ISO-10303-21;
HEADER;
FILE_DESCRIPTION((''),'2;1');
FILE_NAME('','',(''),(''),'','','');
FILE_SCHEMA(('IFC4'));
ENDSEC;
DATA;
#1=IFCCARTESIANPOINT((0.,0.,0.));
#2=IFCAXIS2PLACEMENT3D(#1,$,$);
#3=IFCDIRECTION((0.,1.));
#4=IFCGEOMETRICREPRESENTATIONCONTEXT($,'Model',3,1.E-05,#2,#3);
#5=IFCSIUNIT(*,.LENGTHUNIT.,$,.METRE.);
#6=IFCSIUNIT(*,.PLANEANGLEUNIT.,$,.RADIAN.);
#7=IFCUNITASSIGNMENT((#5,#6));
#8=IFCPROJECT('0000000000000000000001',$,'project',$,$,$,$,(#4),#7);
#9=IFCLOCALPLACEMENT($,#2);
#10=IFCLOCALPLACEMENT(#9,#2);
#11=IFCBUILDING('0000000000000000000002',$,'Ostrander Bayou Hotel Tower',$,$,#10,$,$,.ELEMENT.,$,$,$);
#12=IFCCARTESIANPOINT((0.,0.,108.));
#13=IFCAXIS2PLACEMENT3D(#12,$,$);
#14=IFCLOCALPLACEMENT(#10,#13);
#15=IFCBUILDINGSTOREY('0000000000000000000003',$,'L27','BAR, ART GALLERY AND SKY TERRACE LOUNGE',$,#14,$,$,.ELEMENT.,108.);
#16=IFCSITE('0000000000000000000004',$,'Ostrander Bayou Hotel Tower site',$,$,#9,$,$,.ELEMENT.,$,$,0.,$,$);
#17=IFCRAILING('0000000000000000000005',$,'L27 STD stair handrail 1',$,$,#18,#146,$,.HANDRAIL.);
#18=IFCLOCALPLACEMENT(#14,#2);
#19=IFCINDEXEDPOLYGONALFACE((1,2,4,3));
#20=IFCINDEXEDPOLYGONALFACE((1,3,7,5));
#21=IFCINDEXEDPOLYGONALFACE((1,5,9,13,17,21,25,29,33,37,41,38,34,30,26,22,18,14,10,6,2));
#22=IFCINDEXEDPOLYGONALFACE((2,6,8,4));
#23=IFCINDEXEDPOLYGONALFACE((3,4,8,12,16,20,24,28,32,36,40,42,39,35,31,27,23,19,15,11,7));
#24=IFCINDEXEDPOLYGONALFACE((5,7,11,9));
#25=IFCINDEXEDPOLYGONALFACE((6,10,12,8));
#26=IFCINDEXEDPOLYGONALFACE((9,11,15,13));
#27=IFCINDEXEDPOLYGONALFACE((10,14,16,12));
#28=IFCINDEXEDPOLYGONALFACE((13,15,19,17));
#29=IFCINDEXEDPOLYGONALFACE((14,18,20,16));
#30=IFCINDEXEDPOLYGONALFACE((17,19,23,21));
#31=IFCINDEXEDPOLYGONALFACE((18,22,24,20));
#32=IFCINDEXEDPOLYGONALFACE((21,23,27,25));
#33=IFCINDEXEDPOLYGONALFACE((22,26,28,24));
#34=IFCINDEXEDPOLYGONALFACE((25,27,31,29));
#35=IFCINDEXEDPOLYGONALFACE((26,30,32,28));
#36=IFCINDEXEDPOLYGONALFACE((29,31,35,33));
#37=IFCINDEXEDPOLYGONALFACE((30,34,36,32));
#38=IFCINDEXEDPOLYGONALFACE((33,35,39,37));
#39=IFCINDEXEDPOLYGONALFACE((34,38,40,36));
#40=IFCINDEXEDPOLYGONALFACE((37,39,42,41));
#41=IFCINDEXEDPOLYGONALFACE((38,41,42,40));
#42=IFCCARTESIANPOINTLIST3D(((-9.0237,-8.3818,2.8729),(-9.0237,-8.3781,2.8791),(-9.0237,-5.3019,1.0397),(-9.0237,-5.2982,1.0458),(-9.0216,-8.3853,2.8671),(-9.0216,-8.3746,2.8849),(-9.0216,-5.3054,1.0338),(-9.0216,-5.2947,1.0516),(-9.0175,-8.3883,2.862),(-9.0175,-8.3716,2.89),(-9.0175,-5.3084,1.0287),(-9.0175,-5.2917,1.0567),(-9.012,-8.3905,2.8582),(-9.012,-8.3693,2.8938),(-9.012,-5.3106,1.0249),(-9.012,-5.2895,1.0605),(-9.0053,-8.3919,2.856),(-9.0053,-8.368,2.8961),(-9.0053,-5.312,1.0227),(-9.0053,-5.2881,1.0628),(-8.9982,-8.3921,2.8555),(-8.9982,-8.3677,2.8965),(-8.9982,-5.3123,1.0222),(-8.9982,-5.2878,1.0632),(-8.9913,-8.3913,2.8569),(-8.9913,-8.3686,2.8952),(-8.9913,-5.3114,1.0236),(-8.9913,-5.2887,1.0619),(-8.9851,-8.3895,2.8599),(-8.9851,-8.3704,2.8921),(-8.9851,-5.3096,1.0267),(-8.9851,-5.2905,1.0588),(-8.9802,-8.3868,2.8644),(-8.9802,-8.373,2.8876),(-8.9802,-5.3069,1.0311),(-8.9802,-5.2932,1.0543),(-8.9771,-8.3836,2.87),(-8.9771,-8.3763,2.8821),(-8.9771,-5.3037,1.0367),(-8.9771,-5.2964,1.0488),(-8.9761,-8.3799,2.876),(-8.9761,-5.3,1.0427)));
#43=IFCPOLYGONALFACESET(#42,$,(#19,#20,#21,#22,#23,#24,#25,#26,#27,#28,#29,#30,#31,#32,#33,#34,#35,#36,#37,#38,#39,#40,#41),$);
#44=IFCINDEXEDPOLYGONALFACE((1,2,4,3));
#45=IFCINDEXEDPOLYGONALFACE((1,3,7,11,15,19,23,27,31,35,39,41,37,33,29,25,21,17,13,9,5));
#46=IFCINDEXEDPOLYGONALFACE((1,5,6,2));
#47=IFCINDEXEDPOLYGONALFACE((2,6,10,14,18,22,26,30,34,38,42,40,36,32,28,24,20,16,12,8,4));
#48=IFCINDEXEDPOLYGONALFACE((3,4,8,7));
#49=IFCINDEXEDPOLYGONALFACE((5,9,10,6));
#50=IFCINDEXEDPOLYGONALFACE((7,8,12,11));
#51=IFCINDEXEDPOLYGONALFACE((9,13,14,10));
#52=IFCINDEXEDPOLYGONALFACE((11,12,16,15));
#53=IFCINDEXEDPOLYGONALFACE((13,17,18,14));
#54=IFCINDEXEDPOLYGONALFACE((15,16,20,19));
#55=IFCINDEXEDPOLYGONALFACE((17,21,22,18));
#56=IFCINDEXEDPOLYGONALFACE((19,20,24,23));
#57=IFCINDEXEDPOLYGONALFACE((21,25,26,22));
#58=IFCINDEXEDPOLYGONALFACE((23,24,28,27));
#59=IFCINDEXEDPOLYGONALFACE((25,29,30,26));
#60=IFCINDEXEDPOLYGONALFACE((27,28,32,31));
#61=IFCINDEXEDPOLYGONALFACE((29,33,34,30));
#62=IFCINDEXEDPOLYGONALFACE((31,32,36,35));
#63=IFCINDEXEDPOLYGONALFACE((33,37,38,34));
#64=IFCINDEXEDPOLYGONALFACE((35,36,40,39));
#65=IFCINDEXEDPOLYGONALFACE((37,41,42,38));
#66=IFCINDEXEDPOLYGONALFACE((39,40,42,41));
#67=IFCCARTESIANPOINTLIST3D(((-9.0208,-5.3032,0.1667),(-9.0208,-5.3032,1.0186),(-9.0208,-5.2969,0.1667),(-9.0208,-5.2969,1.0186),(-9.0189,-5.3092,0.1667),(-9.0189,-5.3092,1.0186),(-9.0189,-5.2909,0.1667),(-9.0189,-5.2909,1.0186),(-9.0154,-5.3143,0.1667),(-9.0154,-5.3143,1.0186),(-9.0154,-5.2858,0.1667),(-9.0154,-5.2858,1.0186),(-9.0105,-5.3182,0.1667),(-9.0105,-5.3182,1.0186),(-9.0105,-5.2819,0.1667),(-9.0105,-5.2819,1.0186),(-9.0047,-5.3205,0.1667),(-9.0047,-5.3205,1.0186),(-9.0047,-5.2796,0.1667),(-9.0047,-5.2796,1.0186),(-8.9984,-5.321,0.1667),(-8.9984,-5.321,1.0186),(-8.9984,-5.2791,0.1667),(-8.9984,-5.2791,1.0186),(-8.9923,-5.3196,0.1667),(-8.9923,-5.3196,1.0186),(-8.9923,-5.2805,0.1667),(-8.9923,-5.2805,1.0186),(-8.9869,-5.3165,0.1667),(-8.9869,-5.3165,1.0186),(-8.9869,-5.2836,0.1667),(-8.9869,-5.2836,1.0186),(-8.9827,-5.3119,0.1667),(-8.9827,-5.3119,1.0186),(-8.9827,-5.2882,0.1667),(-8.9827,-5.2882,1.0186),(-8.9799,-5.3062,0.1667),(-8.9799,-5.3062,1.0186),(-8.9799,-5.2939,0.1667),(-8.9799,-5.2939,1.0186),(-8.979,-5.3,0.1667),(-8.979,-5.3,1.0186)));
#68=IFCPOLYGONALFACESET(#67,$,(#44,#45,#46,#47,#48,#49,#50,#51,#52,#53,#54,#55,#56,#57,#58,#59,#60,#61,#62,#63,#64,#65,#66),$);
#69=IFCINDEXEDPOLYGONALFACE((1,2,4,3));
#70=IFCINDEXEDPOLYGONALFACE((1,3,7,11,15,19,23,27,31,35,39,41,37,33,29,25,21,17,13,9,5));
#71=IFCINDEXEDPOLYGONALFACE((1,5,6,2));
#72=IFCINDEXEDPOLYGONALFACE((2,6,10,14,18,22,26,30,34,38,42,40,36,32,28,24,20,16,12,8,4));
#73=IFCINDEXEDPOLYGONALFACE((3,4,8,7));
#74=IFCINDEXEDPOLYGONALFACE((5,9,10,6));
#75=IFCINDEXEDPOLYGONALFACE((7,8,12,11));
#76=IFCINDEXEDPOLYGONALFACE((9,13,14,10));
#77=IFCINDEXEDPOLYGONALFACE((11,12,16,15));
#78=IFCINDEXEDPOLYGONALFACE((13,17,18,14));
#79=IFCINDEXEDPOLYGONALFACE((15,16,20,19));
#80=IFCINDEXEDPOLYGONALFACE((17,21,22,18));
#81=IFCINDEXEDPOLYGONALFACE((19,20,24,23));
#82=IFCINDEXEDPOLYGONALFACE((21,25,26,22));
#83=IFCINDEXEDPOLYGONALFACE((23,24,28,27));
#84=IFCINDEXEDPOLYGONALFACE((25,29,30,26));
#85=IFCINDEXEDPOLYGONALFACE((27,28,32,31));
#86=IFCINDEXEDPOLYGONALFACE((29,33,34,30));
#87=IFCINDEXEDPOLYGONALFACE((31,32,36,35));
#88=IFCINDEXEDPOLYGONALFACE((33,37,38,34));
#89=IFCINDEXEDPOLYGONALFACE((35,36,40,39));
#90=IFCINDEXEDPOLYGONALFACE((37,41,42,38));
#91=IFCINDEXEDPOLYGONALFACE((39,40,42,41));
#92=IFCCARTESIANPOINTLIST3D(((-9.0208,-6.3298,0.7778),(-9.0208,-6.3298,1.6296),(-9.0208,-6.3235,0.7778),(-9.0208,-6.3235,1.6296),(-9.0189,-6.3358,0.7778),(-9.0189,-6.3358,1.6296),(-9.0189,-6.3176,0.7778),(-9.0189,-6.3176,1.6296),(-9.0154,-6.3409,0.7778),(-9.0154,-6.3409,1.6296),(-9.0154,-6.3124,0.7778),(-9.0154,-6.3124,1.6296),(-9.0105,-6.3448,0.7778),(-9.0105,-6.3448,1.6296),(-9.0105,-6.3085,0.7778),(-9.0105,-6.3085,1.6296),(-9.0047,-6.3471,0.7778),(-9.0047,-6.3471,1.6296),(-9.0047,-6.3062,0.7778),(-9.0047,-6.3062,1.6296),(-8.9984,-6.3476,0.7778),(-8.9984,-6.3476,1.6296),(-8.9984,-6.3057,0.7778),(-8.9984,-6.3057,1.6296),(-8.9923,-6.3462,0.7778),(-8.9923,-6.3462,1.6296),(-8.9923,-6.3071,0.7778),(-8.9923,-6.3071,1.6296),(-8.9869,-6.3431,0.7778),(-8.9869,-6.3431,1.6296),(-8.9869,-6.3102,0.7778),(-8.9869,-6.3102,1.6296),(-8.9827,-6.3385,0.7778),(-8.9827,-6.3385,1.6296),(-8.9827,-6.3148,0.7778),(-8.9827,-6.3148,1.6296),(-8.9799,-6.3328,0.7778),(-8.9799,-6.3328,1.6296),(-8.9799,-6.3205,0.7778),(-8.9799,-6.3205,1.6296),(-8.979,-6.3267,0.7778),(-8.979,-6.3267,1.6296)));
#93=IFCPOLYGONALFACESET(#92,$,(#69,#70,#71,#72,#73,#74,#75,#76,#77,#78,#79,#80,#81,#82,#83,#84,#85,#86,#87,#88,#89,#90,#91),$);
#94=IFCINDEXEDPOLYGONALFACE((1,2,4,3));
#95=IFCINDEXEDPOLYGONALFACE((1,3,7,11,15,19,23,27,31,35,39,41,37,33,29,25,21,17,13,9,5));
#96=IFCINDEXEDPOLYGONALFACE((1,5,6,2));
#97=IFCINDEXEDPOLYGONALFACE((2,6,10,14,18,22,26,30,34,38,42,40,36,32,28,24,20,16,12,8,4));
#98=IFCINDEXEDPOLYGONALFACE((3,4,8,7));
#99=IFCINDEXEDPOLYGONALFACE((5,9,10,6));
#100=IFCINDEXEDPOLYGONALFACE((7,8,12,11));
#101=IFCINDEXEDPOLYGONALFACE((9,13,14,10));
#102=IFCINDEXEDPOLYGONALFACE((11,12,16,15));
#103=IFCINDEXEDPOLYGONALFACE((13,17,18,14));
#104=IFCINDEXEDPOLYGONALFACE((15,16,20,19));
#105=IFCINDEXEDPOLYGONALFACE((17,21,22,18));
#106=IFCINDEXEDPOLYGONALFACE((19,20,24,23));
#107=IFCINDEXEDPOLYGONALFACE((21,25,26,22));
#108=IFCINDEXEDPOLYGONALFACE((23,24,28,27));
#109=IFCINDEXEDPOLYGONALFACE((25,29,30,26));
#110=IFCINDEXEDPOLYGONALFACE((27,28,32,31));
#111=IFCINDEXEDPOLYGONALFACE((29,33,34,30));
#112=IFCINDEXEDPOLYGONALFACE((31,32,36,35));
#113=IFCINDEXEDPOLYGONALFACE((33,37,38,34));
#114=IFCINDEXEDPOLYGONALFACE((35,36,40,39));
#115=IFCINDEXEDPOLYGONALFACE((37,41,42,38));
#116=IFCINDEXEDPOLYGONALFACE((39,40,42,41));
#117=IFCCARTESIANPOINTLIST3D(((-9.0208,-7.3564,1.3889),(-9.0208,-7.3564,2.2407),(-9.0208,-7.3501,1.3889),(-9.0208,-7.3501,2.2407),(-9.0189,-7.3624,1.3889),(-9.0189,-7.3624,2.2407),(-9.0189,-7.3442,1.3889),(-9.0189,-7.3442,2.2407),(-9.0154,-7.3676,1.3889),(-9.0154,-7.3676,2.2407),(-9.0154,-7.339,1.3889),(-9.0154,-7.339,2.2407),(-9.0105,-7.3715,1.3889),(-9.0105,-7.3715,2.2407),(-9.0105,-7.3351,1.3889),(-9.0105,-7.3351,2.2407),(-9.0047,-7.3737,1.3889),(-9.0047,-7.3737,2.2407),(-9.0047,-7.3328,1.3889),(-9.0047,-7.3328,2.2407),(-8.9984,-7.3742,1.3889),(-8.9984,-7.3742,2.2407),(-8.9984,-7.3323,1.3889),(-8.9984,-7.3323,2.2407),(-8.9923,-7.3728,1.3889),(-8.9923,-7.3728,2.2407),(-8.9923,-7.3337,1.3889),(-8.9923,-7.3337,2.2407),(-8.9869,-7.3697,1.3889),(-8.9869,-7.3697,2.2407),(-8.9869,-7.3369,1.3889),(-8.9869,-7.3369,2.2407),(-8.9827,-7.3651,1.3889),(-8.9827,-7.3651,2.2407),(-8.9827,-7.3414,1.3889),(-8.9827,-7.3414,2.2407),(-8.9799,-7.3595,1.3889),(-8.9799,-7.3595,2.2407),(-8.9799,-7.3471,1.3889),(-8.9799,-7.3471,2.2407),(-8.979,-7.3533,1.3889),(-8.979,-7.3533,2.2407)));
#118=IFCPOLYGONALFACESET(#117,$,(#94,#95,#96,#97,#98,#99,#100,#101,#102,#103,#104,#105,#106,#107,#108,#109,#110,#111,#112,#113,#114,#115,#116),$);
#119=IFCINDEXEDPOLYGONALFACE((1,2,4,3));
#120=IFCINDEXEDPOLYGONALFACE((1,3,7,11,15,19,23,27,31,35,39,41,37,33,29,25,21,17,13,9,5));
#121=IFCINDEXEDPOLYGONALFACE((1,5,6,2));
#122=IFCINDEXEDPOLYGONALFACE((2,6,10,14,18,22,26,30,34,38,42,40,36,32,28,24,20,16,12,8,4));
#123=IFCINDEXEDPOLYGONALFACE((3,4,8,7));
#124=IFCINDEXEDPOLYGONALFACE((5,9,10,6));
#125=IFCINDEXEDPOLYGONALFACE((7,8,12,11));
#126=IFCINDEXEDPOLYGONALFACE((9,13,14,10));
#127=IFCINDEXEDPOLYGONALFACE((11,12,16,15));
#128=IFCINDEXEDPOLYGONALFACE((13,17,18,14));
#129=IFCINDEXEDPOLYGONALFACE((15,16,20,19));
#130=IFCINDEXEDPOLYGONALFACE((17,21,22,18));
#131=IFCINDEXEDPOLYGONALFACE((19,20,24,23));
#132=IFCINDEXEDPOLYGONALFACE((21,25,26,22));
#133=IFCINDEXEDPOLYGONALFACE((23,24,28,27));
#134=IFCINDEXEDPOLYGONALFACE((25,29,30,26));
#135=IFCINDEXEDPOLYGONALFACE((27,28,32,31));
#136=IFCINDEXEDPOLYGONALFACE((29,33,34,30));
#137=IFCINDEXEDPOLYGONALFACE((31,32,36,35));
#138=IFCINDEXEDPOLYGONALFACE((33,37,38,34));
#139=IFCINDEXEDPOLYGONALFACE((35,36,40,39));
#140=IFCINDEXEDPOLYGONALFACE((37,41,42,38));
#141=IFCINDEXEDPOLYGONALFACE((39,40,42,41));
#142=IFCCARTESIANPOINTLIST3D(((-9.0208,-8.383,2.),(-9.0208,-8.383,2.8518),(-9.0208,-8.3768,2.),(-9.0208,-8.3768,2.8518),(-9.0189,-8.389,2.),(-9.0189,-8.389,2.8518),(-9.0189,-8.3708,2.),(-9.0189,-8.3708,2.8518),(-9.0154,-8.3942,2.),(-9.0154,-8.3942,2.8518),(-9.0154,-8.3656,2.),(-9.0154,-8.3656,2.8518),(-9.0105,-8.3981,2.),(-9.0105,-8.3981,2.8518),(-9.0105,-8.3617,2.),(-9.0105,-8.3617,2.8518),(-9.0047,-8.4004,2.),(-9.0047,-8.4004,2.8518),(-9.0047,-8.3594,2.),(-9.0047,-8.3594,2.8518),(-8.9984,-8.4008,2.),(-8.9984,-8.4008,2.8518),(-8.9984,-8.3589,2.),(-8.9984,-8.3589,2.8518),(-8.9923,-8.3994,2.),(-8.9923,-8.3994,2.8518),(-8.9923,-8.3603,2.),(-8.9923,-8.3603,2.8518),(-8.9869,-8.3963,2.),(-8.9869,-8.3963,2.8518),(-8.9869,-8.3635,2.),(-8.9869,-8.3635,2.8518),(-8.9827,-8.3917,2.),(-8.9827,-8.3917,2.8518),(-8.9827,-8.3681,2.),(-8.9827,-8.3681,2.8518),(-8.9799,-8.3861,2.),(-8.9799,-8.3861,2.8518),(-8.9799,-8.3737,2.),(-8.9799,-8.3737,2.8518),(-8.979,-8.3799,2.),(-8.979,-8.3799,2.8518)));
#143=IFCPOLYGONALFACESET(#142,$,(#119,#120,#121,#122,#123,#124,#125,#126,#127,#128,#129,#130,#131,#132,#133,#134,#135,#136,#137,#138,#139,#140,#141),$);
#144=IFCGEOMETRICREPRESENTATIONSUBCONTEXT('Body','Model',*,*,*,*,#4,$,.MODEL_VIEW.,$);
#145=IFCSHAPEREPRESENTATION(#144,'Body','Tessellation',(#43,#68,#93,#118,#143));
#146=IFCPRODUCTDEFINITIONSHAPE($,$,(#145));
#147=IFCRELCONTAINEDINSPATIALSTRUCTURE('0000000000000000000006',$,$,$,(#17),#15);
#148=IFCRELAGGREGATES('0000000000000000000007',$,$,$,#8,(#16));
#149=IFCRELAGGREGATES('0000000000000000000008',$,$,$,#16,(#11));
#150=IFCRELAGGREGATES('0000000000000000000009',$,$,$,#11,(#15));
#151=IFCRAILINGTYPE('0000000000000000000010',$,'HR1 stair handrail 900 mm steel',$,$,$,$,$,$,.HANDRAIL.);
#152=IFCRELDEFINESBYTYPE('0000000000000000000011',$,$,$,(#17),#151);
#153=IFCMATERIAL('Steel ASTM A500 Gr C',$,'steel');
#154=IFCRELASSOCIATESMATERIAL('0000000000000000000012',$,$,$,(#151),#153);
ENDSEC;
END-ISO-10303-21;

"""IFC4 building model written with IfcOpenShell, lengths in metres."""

from ifc_helpers import new_model, si_unit, direction, frame, origin, origin_2d, place, context, subcontext, project, spatial, circle, extrude, material, type_object, element, save


model = new_model("IFC4")

# Units and contexts
model_context = context("Model", 3, precision=1e-05, world=origin(), true_north=direction((0.0, 1.0)))
body_context = subcontext(model_context, "Body", "Model", "MODEL_VIEW")
ifc_project = project(units=[si_unit("LENGTHUNIT", "METRE"), si_unit("PLANEANGLEUNIT", "RADIAN")], contexts=[model_context])

# Site, building, storey
site_placement = place(None, origin())
site = spatial("IfcSite", under=ifc_project, at=site_placement, Name="Ostrander Bayou Hotel Tower site", CompositionType="ELEMENT", RefElevation=0.0)
building_placement = place(site_placement, origin())
building = spatial("IfcBuilding", under=site, at=building_placement, Name="Ostrander Bayou Hotel Tower", CompositionType="ELEMENT")
storey_placement = place(building_placement, frame((0.0, 0.0, 108.0)))
storey = spatial("IfcBuildingStorey", under=building, at=storey_placement, Name="L27", Description="BAR, ART GALLERY AND SKY TERRACE LOUNGE", CompositionType="ELEMENT", Elevation=108.0)

# Railing
ifc_material_1 = material(Name="Steel ASTM A500 Gr C", Category="steel")
railing_type_1 = type_object("IfcRailingType", Name="HR1 stair handrail 900 mm steel", PredefinedType="HANDRAIL", material=ifc_material_1)
railing_1_placement = place(storey_placement, frame((-9.0, -5.3, 0.1667)))
element("IfcRailing", 1, at=railing_1_placement, inside=storey, type_object=railing_type_1, Name="L27 STD stair handrail 1", PredefinedType="HANDRAIL", context=body_context, shape_type="SweptSolid", body=[
    extrude(circle(Radius=0.0239, at=origin_2d()), frame((0.0, 0.0, 0.876), z_axis=(0.0, -0.859291, 0.511487), x_axis=(1.0, 0.0, 0.0)), (0.0, 0.0, 1.0), 3.5842),
    extrude(circle(Radius=0.021, at=origin_2d()), origin(), (0.0, 0.0, 1.0), 0.8518),
    extrude(circle(Radius=0.021, at=origin_2d()), frame((0.0, -1.0266, 0.6111)), (0.0, 0.0, 1.0), 0.8518),
    extrude(circle(Radius=0.021, at=origin_2d()), frame((0.0, -2.0532, 1.2222)), (0.0, 0.0, 1.0), 0.8518),
    extrude(circle(Radius=0.021, at=origin_2d()), frame((0.0, -3.0798, 1.8333)), (0.0, 0.0, 1.0), 0.8518),
])

save(model, "model.ifc")
